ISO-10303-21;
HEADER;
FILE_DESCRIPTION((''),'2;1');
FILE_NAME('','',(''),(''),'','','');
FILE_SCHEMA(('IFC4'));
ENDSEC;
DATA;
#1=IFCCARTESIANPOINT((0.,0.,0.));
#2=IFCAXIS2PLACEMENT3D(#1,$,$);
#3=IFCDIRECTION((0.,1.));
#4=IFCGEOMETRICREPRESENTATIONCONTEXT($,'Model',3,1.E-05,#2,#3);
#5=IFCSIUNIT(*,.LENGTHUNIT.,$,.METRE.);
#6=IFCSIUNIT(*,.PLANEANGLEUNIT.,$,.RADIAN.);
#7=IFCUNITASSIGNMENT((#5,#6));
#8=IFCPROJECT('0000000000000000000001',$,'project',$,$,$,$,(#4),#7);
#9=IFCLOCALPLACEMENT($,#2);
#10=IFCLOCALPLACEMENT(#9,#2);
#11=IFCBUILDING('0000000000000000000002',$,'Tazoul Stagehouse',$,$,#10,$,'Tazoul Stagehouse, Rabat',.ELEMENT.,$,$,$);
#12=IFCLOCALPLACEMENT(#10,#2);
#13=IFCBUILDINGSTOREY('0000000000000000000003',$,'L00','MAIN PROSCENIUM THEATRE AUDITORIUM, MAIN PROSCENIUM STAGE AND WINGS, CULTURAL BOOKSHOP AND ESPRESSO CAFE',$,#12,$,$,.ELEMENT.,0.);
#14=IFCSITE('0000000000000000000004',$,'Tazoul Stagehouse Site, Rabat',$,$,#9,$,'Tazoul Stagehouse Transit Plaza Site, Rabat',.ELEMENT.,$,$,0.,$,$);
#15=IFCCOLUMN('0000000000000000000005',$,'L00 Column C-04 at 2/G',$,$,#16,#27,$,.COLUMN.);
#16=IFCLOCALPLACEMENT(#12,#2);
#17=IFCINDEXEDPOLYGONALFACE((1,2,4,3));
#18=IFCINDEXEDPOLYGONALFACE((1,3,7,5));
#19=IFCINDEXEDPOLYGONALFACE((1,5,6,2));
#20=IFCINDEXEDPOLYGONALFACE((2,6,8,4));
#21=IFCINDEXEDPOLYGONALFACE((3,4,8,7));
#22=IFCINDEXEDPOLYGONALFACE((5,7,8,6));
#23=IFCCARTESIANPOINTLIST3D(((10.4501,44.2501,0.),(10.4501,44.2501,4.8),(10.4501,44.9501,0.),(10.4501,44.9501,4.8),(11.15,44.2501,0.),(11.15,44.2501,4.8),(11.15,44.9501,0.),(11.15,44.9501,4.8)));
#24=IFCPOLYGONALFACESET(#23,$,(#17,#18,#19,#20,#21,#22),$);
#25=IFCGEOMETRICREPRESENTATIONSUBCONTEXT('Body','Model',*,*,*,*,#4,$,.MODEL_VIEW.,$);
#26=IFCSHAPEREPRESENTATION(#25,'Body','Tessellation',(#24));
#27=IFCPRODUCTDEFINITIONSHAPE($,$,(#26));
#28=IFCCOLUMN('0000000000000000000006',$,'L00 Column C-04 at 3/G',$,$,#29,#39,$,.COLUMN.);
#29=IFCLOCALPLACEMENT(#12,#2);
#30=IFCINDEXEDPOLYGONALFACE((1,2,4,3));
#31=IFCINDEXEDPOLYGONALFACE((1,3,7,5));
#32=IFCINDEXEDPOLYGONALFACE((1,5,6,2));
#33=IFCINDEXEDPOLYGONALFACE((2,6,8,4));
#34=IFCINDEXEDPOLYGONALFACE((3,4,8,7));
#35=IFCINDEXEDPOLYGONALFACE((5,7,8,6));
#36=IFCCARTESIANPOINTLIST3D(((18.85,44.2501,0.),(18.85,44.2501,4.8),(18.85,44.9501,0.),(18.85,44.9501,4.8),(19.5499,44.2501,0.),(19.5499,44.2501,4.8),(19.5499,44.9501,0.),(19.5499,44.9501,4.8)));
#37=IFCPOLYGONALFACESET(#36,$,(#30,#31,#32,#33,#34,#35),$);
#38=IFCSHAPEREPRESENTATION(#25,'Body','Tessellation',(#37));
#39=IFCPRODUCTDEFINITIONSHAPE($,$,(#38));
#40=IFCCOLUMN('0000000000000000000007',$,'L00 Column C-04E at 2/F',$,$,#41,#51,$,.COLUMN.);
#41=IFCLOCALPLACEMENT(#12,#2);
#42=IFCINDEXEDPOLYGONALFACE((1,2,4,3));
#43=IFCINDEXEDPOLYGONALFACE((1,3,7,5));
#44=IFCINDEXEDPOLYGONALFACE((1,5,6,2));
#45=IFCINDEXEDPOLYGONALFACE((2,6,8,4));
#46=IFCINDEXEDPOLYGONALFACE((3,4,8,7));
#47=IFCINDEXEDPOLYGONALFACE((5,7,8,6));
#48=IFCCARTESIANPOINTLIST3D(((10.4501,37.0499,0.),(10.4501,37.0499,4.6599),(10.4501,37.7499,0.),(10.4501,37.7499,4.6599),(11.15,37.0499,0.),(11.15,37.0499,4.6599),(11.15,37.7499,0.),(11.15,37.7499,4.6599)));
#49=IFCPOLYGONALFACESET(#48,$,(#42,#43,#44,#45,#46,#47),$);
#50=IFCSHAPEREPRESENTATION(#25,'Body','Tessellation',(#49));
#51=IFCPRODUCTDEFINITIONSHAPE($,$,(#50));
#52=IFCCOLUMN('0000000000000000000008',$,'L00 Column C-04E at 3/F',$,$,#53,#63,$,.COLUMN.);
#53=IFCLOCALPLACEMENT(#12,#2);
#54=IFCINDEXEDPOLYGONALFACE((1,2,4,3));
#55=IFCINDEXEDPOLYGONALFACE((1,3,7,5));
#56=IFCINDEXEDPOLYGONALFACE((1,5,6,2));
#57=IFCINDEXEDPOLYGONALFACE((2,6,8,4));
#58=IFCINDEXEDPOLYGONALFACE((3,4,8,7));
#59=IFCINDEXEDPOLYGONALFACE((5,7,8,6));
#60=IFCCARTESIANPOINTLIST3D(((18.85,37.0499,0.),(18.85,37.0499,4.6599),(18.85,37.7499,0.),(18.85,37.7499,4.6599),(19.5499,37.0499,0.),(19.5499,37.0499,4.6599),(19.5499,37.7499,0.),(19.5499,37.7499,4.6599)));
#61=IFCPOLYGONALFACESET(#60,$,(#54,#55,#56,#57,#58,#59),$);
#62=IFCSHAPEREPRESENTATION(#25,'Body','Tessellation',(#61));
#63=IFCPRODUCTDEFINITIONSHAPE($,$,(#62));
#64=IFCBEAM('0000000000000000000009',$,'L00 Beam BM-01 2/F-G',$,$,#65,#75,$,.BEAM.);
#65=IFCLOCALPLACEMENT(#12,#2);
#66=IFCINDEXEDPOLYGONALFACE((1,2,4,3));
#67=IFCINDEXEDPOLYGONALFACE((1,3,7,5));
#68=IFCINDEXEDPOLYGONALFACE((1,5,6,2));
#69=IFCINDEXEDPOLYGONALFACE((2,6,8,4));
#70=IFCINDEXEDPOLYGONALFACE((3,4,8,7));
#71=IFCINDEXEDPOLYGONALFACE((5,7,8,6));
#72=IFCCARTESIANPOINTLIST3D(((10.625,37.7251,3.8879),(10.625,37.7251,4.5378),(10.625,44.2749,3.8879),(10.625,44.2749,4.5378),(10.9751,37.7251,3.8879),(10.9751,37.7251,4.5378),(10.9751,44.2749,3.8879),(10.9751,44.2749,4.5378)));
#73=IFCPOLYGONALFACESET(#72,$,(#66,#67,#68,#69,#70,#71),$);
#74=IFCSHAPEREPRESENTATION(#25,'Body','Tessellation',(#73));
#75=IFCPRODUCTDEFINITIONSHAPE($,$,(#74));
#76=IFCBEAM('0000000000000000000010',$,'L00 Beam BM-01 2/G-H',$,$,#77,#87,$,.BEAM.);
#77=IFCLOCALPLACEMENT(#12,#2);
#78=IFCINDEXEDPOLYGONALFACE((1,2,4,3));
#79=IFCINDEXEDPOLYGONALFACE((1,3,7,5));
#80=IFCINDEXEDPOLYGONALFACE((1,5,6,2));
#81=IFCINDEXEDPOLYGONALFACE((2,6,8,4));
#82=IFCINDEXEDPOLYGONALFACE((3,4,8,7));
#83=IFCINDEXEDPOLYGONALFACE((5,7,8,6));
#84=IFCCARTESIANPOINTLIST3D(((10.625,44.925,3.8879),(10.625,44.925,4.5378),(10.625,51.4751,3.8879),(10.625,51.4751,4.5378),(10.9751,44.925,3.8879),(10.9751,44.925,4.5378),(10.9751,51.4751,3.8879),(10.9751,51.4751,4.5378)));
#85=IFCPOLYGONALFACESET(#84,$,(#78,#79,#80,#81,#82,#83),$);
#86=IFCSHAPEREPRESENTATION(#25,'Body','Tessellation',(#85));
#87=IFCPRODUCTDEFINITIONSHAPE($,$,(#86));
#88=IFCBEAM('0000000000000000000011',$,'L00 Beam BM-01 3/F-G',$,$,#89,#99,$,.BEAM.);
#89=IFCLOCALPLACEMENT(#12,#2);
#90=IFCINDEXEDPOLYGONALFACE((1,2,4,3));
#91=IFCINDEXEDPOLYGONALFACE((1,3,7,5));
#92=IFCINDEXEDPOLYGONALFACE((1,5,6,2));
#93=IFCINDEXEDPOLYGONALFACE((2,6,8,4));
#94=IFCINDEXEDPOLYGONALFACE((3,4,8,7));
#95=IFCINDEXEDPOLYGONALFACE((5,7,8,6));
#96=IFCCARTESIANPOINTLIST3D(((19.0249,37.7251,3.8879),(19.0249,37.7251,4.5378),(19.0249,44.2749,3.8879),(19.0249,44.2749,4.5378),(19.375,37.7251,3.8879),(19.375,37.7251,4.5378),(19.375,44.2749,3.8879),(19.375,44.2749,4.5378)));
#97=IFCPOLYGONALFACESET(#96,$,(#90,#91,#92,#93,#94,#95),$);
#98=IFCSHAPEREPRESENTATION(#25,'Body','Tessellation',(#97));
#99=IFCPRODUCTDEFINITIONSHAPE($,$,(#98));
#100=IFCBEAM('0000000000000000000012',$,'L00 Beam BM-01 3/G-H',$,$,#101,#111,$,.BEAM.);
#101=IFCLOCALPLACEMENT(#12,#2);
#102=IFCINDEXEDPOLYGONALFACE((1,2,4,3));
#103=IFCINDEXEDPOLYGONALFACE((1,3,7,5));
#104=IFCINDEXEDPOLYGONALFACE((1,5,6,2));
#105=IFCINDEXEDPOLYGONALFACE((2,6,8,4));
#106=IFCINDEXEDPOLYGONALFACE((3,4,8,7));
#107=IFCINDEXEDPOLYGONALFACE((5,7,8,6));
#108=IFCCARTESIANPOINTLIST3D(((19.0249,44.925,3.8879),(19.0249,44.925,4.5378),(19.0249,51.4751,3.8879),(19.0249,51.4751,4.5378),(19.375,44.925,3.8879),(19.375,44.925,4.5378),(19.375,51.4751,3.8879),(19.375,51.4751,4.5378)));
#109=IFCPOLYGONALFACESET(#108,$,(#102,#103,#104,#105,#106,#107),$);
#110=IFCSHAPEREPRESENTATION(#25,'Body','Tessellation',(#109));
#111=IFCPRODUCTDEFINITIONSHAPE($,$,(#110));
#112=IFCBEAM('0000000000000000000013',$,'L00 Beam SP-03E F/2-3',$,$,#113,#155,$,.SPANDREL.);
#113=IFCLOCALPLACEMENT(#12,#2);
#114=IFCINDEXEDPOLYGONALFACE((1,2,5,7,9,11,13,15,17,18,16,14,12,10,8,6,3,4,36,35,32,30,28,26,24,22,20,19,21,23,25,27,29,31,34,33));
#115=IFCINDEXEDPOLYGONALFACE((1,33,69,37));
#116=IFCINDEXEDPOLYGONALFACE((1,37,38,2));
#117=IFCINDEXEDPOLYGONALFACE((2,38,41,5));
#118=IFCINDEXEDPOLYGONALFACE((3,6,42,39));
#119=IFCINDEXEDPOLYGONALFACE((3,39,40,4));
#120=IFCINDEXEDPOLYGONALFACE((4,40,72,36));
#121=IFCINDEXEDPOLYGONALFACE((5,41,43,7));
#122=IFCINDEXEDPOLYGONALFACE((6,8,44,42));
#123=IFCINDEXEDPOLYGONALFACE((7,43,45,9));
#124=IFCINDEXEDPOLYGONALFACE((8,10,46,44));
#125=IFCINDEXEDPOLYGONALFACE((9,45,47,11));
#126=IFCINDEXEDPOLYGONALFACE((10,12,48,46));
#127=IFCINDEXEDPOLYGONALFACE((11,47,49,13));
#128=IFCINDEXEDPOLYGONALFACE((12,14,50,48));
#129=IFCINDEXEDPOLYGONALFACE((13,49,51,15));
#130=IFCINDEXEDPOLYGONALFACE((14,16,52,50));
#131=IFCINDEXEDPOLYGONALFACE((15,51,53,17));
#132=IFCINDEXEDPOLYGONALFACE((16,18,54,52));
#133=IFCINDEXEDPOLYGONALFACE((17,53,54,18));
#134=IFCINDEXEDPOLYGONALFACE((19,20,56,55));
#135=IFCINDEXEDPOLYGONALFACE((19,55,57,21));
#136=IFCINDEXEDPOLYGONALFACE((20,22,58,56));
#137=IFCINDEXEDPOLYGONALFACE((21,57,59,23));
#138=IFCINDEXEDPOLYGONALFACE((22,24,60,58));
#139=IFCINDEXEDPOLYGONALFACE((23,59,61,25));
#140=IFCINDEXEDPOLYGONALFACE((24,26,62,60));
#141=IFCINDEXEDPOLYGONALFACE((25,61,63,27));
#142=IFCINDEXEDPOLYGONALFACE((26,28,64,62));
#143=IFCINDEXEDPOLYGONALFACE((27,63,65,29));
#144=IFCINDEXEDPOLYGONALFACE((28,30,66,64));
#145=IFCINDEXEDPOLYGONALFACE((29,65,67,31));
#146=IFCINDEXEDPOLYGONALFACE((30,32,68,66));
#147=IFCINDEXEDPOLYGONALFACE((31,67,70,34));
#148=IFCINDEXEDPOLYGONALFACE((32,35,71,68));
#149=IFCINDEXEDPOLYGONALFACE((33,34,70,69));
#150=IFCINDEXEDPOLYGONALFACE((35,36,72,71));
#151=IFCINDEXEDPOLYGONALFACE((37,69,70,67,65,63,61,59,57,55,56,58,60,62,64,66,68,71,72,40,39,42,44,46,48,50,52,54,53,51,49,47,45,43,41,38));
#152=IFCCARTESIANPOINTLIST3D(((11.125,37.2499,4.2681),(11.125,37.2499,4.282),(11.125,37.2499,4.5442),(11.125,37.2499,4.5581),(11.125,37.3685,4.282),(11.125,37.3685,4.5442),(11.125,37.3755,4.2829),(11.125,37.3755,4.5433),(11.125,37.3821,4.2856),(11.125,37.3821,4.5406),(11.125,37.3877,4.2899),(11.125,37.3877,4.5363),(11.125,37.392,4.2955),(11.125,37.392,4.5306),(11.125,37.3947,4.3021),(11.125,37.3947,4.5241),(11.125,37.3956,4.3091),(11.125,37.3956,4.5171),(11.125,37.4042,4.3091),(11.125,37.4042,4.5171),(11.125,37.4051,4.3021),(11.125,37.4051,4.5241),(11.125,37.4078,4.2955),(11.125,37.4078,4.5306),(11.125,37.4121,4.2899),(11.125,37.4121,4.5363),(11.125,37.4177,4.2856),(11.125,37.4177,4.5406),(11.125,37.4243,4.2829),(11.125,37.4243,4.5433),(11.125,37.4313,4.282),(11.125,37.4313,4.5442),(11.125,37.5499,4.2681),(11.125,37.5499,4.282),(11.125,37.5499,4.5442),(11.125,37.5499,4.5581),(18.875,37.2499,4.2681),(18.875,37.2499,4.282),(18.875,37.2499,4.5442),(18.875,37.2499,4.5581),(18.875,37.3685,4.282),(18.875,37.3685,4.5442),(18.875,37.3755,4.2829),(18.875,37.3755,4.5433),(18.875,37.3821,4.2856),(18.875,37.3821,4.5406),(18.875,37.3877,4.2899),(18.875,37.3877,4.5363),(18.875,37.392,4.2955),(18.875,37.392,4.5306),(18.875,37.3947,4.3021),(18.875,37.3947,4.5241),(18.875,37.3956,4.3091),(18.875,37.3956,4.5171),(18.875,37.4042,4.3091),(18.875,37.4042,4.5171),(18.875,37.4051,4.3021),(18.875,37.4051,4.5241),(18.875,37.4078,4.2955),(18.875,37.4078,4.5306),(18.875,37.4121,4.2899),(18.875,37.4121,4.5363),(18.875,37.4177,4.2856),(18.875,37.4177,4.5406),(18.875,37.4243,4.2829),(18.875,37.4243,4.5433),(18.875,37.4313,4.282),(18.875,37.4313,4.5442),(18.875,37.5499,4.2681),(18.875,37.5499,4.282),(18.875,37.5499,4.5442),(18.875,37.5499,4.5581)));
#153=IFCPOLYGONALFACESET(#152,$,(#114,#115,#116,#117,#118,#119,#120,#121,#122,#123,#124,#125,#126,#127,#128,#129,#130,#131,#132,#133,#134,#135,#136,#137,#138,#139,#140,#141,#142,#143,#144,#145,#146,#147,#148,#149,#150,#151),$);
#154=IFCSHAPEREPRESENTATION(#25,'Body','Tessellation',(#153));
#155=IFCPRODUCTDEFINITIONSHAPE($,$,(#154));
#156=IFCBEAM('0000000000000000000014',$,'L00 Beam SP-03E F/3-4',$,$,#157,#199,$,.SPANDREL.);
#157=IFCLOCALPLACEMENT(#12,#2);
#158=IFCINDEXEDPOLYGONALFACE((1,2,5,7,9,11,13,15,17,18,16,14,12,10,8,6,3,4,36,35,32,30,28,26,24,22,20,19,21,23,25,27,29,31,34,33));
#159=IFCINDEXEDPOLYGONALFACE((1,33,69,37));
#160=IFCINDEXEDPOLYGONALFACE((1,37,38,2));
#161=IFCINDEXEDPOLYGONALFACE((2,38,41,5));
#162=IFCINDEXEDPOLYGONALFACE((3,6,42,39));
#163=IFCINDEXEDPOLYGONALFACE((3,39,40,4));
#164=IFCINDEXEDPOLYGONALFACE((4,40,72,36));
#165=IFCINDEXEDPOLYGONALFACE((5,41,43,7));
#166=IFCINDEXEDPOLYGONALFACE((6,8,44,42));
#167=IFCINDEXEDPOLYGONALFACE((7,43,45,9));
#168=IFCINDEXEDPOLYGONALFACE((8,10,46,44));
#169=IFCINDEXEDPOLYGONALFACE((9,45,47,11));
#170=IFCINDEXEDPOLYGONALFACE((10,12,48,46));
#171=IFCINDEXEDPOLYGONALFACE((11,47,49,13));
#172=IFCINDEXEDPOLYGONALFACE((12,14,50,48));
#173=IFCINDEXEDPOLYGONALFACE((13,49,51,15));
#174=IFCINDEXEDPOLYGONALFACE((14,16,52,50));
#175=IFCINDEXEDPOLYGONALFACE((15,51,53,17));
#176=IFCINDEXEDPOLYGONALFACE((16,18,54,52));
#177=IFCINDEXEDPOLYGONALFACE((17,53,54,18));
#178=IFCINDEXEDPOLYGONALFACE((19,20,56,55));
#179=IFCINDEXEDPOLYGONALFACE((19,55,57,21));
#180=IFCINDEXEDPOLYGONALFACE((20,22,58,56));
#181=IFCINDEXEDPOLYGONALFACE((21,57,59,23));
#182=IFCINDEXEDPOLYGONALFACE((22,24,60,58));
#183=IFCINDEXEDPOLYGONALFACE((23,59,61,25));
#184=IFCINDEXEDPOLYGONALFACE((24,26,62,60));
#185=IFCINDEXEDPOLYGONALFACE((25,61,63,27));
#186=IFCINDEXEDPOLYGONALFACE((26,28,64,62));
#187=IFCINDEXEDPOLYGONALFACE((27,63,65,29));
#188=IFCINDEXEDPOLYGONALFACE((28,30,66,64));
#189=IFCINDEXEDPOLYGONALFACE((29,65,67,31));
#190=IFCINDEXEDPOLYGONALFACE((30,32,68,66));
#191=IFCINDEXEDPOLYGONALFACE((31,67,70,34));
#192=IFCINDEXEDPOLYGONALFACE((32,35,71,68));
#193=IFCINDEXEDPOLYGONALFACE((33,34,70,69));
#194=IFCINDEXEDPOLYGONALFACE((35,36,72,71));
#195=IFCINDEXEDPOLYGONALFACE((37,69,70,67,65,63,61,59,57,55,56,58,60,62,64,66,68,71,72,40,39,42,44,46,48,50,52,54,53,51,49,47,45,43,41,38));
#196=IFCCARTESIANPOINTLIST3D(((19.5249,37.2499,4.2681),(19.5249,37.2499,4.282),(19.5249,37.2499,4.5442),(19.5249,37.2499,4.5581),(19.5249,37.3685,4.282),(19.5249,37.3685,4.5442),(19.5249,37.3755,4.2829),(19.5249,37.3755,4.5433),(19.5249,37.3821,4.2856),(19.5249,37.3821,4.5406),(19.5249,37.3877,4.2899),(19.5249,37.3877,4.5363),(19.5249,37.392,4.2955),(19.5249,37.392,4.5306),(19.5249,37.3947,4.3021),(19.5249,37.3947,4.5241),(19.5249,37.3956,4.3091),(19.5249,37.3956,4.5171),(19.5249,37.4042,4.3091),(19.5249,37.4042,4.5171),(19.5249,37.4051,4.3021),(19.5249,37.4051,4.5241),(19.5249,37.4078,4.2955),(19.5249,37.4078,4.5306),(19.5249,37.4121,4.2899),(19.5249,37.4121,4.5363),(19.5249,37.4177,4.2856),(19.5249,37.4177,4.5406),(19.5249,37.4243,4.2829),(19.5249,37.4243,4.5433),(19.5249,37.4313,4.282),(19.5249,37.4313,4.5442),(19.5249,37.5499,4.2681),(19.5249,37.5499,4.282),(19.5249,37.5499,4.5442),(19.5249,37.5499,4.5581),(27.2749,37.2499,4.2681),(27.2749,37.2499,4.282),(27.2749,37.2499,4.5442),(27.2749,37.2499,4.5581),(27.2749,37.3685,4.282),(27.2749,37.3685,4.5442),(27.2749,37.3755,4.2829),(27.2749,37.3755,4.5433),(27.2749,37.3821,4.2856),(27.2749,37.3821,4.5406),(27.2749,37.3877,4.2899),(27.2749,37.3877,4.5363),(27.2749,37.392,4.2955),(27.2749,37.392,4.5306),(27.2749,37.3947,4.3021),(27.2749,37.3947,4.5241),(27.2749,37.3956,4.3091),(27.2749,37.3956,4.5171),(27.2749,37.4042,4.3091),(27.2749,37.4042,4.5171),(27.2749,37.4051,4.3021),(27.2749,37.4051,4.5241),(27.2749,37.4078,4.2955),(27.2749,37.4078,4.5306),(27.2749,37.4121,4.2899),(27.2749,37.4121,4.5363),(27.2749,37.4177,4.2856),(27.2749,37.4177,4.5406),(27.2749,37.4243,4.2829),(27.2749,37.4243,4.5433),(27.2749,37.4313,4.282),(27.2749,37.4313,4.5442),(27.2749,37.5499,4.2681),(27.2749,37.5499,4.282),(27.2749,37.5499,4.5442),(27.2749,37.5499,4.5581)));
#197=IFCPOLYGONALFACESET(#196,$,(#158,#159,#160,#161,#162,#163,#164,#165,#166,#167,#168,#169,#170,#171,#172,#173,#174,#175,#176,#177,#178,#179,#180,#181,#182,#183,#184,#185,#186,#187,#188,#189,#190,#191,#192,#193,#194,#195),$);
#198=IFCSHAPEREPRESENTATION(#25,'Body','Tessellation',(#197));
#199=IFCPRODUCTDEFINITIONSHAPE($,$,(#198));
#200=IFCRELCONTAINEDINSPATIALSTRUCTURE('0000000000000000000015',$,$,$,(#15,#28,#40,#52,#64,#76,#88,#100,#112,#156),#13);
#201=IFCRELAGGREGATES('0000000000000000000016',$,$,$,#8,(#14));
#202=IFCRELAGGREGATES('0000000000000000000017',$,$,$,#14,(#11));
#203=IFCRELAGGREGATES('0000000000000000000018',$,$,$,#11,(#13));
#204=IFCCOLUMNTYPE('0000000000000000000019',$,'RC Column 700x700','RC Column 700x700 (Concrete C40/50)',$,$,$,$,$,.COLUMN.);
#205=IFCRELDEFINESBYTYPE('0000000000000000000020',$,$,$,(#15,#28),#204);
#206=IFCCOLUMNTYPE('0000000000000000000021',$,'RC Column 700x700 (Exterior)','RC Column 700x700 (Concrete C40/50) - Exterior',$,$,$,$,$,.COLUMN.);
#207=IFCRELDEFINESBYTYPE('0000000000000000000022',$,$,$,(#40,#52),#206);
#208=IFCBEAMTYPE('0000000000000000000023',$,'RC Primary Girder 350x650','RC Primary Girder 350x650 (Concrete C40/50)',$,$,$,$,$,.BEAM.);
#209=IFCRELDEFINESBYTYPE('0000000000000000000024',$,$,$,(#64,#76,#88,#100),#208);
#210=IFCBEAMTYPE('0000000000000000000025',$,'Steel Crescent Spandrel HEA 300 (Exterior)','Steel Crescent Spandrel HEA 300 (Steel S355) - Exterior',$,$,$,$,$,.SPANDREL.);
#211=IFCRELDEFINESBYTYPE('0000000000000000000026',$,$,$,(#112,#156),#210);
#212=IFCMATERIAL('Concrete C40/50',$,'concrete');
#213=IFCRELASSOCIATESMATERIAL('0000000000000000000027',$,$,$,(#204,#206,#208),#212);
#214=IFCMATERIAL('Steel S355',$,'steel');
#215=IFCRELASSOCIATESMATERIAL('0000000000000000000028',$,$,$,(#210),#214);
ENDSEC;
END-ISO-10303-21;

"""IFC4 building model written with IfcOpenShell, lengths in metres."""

from ifc_helpers import new_model, si_unit, direction, frame, origin, origin_2d, place, context, subcontext, project, spatial, rectangle, i_section, extrude, material, material_profile, profile_set, type_object, element, save


model = new_model("IFC4")

# Units and contexts
model_context = context("Model", 3, precision=1e-05, world=origin(), true_north=direction((0.0, 1.0)))
body_context = subcontext(model_context, "Body", "Model", "MODEL_VIEW")
ifc_project = project(units=[si_unit("LENGTHUNIT", "METRE"), si_unit("PLANEANGLEUNIT", "RADIAN")], contexts=[model_context])

# Site, building, storey
site_placement = place(None, origin())
site = spatial("IfcSite", under=ifc_project, at=site_placement, Name="Tazoul Stagehouse Site, Rabat", LongName="Tazoul Stagehouse Transit Plaza Site, Rabat", CompositionType="ELEMENT", RefElevation=0.0)
building_placement = place(site_placement, origin())
building = spatial("IfcBuilding", under=site, at=building_placement, Name="Tazoul Stagehouse", LongName="Tazoul Stagehouse, Rabat", CompositionType="ELEMENT")
storey_placement = place(building_placement, origin())
storey = spatial("IfcBuildingStorey", under=building, at=storey_placement, Name="L00", Description="MAIN PROSCENIUM THEATRE AUDITORIUM, MAIN PROSCENIUM STAGE AND WINGS, CULTURAL BOOKSHOP AND ESPRESSO CAFE", CompositionType="ELEMENT", Elevation=0.0)

# Columns
ifc_material_1 = material(Name="Concrete C40/50", Category="concrete")
ifc_material_profile_1 = material_profile(ifc_material_1, rectangle(XDim=0.7, YDim=0.7, at=origin_2d()), Name="RC 700x700")
ifc_profile_set_1 = profile_set([ifc_material_profile_1], Name="Concrete C40/50")
column_type_1 = type_object("IfcColumnType", Name="RC Column 700x700", Description="RC Column 700x700 (Concrete C40/50)", PredefinedType="COLUMN", material=ifc_profile_set_1)
for number, where, z_axis, x_axis, name in (
    (1, (10.8, 44.6001, 0.0), (0.0, 0.0, 1.0), (1.0, 0.0, 0.0), "L00 Column C-04 at 2/G"),
    (2, (19.2, 44.6001, 0.0), (0.0, 0.0, 1.0), (1.0, 0.0, 0.0), "L00 Column C-04 at 3/G"),
):
    element("IfcColumn", number, at=place(storey_placement, frame(where, z_axis=z_axis, x_axis=x_axis)), inside=storey, type_object=column_type_1, Name=name, PredefinedType="COLUMN", context=body_context, shape_type="SweptSolid", body=[
        extrude(rectangle(XDim=0.7, YDim=0.7, at=origin_2d()), origin(), (0.0, 0.0, 1.0), 4.8),
    ])
ifc_material_profile_2 = material_profile(ifc_material_1, rectangle(XDim=0.7, YDim=0.7, at=origin_2d()), Name="RC 700x700")
ifc_profile_set_2 = profile_set([ifc_material_profile_2], Name="Concrete C40/50")
column_type_2 = type_object("IfcColumnType", Name="RC Column 700x700 (Exterior)", Description="RC Column 700x700 (Concrete C40/50) - Exterior", PredefinedType="COLUMN", material=ifc_profile_set_2)
for number, where, z_axis, x_axis, name in (
    (3, (10.8, 37.3999, 0.0), (0.0, 0.0, 1.0), (1.0, 0.0, 0.0), "L00 Column C-04E at 2/F"),
    (4, (19.2, 37.3999, 0.0), (0.0, 0.0, 1.0), (1.0, 0.0, 0.0), "L00 Column C-04E at 3/F"),
):
    element("IfcColumn", number, at=place(storey_placement, frame(where, z_axis=z_axis, x_axis=x_axis)), inside=storey, type_object=column_type_2, Name=name, PredefinedType="COLUMN", context=body_context, shape_type="SweptSolid", body=[
        extrude(rectangle(XDim=0.7, YDim=0.7, at=origin_2d()), origin(), (0.0, 0.0, 1.0), 4.6599),
    ])

# Beams
ifc_material_profile_3 = material_profile(ifc_material_1, rectangle(XDim=0.3501, YDim=0.6499, at=origin_2d()), Name="RC 350x650")
ifc_profile_set_3 = profile_set([ifc_material_profile_3], Name="Concrete C40/50")
beam_type_1 = type_object("IfcBeamType", Name="RC Primary Girder 350x650", Description="RC Primary Girder 350x650 (Concrete C40/50)", PredefinedType="BEAM", material=ifc_profile_set_3)
beam_1_placement = place(storey_placement, frame((10.8, 37.7251, 4.2129), z_axis=(0.0, 1.0, 0.0), x_axis=(-1.0, 0.0, 0.0)))
element("IfcBeam", 5, at=beam_1_placement, inside=storey, type_object=beam_type_1, Name="L00 Beam BM-01 2/F-G", PredefinedType="BEAM", context=body_context, shape_type="SweptSolid", body=[
    extrude(rectangle(XDim=0.3501, YDim=0.6499, at=origin_2d()), origin(), (0.0, 0.0, 1.0), 6.5498),
])
beam_2_placement = place(storey_placement, frame((10.8, 44.925, 4.2129), z_axis=(0.0, 1.0, 0.0), x_axis=(-1.0, 0.0, 0.0)))
element("IfcBeam", 6, at=beam_2_placement, inside=storey, type_object=beam_type_1, Name="L00 Beam BM-01 2/G-H", PredefinedType="BEAM", context=body_context, shape_type="SweptSolid", body=[
    extrude(rectangle(XDim=0.3501, YDim=0.6499, at=origin_2d()), origin(), (0.0, 0.0, 1.0), 6.55),
])
beam_3_placement = place(storey_placement, frame((19.2, 37.7251, 4.2129), z_axis=(0.0, 1.0, 0.0), x_axis=(-1.0, 0.0, 0.0)))
element("IfcBeam", 7, at=beam_3_placement, inside=storey, type_object=beam_type_1, Name="L00 Beam BM-01 3/F-G", PredefinedType="BEAM", context=body_context, shape_type="SweptSolid", body=[
    extrude(rectangle(XDim=0.3501, YDim=0.6499, at=origin_2d()), origin(), (0.0, 0.0, 1.0), 6.5498),
])
beam_4_placement = place(storey_placement, frame((19.2, 44.925, 4.2129), z_axis=(0.0, 1.0, 0.0), x_axis=(-1.0, 0.0, 0.0)))
element("IfcBeam", 8, at=beam_4_placement, inside=storey, type_object=beam_type_1, Name="L00 Beam BM-01 3/G-H", PredefinedType="BEAM", context=body_context, shape_type="SweptSolid", body=[
    extrude(rectangle(XDim=0.3501, YDim=0.6499, at=origin_2d()), origin(), (0.0, 0.0, 1.0), 6.55),
])
ifc_material_2 = material(Name="Steel S355", Category="steel")
ifc_material_profile_4 = material_profile(ifc_material_2, i_section(OverallWidth=0.3, OverallDepth=0.29, WebThickness=0.0085, FlangeThickness=0.0139, FilletRadius=0.0271, at=origin_2d()), Name="HEA 300")
ifc_profile_set_4 = profile_set([ifc_material_profile_4], Name="Steel S355")
beam_type_2 = type_object("IfcBeamType", Name="Steel Crescent Spandrel HEA 300 (Exterior)", Description="Steel Crescent Spandrel HEA 300 (Steel S355) - Exterior", PredefinedType="SPANDREL", material=ifc_profile_set_4)
for number, where, z_axis, x_axis, name in (
    (9, (11.125, 37.3999, 4.4131), (1.0, 0.0, 0.0), (0.0, 1.0, 0.0), "L00 Beam SP-03E F/2-3"),
    (10, (19.5249, 37.3999, 4.4131), (1.0, 0.0, 0.0), (0.0, 1.0, 0.0), "L00 Beam SP-03E F/3-4"),
):
    element("IfcBeam", number, at=place(storey_placement, frame(where, z_axis=z_axis, x_axis=x_axis)), inside=storey, type_object=beam_type_2, Name=name, PredefinedType="SPANDREL", context=body_context, shape_type="SweptSolid", body=[
        extrude(i_section(OverallWidth=0.3, OverallDepth=0.29, WebThickness=0.0085, FlangeThickness=0.0139, FilletRadius=0.0271, at=origin_2d()), origin(), (0.0, 0.0, 1.0), 7.75),
    ])

save(model, "model.ifc")
